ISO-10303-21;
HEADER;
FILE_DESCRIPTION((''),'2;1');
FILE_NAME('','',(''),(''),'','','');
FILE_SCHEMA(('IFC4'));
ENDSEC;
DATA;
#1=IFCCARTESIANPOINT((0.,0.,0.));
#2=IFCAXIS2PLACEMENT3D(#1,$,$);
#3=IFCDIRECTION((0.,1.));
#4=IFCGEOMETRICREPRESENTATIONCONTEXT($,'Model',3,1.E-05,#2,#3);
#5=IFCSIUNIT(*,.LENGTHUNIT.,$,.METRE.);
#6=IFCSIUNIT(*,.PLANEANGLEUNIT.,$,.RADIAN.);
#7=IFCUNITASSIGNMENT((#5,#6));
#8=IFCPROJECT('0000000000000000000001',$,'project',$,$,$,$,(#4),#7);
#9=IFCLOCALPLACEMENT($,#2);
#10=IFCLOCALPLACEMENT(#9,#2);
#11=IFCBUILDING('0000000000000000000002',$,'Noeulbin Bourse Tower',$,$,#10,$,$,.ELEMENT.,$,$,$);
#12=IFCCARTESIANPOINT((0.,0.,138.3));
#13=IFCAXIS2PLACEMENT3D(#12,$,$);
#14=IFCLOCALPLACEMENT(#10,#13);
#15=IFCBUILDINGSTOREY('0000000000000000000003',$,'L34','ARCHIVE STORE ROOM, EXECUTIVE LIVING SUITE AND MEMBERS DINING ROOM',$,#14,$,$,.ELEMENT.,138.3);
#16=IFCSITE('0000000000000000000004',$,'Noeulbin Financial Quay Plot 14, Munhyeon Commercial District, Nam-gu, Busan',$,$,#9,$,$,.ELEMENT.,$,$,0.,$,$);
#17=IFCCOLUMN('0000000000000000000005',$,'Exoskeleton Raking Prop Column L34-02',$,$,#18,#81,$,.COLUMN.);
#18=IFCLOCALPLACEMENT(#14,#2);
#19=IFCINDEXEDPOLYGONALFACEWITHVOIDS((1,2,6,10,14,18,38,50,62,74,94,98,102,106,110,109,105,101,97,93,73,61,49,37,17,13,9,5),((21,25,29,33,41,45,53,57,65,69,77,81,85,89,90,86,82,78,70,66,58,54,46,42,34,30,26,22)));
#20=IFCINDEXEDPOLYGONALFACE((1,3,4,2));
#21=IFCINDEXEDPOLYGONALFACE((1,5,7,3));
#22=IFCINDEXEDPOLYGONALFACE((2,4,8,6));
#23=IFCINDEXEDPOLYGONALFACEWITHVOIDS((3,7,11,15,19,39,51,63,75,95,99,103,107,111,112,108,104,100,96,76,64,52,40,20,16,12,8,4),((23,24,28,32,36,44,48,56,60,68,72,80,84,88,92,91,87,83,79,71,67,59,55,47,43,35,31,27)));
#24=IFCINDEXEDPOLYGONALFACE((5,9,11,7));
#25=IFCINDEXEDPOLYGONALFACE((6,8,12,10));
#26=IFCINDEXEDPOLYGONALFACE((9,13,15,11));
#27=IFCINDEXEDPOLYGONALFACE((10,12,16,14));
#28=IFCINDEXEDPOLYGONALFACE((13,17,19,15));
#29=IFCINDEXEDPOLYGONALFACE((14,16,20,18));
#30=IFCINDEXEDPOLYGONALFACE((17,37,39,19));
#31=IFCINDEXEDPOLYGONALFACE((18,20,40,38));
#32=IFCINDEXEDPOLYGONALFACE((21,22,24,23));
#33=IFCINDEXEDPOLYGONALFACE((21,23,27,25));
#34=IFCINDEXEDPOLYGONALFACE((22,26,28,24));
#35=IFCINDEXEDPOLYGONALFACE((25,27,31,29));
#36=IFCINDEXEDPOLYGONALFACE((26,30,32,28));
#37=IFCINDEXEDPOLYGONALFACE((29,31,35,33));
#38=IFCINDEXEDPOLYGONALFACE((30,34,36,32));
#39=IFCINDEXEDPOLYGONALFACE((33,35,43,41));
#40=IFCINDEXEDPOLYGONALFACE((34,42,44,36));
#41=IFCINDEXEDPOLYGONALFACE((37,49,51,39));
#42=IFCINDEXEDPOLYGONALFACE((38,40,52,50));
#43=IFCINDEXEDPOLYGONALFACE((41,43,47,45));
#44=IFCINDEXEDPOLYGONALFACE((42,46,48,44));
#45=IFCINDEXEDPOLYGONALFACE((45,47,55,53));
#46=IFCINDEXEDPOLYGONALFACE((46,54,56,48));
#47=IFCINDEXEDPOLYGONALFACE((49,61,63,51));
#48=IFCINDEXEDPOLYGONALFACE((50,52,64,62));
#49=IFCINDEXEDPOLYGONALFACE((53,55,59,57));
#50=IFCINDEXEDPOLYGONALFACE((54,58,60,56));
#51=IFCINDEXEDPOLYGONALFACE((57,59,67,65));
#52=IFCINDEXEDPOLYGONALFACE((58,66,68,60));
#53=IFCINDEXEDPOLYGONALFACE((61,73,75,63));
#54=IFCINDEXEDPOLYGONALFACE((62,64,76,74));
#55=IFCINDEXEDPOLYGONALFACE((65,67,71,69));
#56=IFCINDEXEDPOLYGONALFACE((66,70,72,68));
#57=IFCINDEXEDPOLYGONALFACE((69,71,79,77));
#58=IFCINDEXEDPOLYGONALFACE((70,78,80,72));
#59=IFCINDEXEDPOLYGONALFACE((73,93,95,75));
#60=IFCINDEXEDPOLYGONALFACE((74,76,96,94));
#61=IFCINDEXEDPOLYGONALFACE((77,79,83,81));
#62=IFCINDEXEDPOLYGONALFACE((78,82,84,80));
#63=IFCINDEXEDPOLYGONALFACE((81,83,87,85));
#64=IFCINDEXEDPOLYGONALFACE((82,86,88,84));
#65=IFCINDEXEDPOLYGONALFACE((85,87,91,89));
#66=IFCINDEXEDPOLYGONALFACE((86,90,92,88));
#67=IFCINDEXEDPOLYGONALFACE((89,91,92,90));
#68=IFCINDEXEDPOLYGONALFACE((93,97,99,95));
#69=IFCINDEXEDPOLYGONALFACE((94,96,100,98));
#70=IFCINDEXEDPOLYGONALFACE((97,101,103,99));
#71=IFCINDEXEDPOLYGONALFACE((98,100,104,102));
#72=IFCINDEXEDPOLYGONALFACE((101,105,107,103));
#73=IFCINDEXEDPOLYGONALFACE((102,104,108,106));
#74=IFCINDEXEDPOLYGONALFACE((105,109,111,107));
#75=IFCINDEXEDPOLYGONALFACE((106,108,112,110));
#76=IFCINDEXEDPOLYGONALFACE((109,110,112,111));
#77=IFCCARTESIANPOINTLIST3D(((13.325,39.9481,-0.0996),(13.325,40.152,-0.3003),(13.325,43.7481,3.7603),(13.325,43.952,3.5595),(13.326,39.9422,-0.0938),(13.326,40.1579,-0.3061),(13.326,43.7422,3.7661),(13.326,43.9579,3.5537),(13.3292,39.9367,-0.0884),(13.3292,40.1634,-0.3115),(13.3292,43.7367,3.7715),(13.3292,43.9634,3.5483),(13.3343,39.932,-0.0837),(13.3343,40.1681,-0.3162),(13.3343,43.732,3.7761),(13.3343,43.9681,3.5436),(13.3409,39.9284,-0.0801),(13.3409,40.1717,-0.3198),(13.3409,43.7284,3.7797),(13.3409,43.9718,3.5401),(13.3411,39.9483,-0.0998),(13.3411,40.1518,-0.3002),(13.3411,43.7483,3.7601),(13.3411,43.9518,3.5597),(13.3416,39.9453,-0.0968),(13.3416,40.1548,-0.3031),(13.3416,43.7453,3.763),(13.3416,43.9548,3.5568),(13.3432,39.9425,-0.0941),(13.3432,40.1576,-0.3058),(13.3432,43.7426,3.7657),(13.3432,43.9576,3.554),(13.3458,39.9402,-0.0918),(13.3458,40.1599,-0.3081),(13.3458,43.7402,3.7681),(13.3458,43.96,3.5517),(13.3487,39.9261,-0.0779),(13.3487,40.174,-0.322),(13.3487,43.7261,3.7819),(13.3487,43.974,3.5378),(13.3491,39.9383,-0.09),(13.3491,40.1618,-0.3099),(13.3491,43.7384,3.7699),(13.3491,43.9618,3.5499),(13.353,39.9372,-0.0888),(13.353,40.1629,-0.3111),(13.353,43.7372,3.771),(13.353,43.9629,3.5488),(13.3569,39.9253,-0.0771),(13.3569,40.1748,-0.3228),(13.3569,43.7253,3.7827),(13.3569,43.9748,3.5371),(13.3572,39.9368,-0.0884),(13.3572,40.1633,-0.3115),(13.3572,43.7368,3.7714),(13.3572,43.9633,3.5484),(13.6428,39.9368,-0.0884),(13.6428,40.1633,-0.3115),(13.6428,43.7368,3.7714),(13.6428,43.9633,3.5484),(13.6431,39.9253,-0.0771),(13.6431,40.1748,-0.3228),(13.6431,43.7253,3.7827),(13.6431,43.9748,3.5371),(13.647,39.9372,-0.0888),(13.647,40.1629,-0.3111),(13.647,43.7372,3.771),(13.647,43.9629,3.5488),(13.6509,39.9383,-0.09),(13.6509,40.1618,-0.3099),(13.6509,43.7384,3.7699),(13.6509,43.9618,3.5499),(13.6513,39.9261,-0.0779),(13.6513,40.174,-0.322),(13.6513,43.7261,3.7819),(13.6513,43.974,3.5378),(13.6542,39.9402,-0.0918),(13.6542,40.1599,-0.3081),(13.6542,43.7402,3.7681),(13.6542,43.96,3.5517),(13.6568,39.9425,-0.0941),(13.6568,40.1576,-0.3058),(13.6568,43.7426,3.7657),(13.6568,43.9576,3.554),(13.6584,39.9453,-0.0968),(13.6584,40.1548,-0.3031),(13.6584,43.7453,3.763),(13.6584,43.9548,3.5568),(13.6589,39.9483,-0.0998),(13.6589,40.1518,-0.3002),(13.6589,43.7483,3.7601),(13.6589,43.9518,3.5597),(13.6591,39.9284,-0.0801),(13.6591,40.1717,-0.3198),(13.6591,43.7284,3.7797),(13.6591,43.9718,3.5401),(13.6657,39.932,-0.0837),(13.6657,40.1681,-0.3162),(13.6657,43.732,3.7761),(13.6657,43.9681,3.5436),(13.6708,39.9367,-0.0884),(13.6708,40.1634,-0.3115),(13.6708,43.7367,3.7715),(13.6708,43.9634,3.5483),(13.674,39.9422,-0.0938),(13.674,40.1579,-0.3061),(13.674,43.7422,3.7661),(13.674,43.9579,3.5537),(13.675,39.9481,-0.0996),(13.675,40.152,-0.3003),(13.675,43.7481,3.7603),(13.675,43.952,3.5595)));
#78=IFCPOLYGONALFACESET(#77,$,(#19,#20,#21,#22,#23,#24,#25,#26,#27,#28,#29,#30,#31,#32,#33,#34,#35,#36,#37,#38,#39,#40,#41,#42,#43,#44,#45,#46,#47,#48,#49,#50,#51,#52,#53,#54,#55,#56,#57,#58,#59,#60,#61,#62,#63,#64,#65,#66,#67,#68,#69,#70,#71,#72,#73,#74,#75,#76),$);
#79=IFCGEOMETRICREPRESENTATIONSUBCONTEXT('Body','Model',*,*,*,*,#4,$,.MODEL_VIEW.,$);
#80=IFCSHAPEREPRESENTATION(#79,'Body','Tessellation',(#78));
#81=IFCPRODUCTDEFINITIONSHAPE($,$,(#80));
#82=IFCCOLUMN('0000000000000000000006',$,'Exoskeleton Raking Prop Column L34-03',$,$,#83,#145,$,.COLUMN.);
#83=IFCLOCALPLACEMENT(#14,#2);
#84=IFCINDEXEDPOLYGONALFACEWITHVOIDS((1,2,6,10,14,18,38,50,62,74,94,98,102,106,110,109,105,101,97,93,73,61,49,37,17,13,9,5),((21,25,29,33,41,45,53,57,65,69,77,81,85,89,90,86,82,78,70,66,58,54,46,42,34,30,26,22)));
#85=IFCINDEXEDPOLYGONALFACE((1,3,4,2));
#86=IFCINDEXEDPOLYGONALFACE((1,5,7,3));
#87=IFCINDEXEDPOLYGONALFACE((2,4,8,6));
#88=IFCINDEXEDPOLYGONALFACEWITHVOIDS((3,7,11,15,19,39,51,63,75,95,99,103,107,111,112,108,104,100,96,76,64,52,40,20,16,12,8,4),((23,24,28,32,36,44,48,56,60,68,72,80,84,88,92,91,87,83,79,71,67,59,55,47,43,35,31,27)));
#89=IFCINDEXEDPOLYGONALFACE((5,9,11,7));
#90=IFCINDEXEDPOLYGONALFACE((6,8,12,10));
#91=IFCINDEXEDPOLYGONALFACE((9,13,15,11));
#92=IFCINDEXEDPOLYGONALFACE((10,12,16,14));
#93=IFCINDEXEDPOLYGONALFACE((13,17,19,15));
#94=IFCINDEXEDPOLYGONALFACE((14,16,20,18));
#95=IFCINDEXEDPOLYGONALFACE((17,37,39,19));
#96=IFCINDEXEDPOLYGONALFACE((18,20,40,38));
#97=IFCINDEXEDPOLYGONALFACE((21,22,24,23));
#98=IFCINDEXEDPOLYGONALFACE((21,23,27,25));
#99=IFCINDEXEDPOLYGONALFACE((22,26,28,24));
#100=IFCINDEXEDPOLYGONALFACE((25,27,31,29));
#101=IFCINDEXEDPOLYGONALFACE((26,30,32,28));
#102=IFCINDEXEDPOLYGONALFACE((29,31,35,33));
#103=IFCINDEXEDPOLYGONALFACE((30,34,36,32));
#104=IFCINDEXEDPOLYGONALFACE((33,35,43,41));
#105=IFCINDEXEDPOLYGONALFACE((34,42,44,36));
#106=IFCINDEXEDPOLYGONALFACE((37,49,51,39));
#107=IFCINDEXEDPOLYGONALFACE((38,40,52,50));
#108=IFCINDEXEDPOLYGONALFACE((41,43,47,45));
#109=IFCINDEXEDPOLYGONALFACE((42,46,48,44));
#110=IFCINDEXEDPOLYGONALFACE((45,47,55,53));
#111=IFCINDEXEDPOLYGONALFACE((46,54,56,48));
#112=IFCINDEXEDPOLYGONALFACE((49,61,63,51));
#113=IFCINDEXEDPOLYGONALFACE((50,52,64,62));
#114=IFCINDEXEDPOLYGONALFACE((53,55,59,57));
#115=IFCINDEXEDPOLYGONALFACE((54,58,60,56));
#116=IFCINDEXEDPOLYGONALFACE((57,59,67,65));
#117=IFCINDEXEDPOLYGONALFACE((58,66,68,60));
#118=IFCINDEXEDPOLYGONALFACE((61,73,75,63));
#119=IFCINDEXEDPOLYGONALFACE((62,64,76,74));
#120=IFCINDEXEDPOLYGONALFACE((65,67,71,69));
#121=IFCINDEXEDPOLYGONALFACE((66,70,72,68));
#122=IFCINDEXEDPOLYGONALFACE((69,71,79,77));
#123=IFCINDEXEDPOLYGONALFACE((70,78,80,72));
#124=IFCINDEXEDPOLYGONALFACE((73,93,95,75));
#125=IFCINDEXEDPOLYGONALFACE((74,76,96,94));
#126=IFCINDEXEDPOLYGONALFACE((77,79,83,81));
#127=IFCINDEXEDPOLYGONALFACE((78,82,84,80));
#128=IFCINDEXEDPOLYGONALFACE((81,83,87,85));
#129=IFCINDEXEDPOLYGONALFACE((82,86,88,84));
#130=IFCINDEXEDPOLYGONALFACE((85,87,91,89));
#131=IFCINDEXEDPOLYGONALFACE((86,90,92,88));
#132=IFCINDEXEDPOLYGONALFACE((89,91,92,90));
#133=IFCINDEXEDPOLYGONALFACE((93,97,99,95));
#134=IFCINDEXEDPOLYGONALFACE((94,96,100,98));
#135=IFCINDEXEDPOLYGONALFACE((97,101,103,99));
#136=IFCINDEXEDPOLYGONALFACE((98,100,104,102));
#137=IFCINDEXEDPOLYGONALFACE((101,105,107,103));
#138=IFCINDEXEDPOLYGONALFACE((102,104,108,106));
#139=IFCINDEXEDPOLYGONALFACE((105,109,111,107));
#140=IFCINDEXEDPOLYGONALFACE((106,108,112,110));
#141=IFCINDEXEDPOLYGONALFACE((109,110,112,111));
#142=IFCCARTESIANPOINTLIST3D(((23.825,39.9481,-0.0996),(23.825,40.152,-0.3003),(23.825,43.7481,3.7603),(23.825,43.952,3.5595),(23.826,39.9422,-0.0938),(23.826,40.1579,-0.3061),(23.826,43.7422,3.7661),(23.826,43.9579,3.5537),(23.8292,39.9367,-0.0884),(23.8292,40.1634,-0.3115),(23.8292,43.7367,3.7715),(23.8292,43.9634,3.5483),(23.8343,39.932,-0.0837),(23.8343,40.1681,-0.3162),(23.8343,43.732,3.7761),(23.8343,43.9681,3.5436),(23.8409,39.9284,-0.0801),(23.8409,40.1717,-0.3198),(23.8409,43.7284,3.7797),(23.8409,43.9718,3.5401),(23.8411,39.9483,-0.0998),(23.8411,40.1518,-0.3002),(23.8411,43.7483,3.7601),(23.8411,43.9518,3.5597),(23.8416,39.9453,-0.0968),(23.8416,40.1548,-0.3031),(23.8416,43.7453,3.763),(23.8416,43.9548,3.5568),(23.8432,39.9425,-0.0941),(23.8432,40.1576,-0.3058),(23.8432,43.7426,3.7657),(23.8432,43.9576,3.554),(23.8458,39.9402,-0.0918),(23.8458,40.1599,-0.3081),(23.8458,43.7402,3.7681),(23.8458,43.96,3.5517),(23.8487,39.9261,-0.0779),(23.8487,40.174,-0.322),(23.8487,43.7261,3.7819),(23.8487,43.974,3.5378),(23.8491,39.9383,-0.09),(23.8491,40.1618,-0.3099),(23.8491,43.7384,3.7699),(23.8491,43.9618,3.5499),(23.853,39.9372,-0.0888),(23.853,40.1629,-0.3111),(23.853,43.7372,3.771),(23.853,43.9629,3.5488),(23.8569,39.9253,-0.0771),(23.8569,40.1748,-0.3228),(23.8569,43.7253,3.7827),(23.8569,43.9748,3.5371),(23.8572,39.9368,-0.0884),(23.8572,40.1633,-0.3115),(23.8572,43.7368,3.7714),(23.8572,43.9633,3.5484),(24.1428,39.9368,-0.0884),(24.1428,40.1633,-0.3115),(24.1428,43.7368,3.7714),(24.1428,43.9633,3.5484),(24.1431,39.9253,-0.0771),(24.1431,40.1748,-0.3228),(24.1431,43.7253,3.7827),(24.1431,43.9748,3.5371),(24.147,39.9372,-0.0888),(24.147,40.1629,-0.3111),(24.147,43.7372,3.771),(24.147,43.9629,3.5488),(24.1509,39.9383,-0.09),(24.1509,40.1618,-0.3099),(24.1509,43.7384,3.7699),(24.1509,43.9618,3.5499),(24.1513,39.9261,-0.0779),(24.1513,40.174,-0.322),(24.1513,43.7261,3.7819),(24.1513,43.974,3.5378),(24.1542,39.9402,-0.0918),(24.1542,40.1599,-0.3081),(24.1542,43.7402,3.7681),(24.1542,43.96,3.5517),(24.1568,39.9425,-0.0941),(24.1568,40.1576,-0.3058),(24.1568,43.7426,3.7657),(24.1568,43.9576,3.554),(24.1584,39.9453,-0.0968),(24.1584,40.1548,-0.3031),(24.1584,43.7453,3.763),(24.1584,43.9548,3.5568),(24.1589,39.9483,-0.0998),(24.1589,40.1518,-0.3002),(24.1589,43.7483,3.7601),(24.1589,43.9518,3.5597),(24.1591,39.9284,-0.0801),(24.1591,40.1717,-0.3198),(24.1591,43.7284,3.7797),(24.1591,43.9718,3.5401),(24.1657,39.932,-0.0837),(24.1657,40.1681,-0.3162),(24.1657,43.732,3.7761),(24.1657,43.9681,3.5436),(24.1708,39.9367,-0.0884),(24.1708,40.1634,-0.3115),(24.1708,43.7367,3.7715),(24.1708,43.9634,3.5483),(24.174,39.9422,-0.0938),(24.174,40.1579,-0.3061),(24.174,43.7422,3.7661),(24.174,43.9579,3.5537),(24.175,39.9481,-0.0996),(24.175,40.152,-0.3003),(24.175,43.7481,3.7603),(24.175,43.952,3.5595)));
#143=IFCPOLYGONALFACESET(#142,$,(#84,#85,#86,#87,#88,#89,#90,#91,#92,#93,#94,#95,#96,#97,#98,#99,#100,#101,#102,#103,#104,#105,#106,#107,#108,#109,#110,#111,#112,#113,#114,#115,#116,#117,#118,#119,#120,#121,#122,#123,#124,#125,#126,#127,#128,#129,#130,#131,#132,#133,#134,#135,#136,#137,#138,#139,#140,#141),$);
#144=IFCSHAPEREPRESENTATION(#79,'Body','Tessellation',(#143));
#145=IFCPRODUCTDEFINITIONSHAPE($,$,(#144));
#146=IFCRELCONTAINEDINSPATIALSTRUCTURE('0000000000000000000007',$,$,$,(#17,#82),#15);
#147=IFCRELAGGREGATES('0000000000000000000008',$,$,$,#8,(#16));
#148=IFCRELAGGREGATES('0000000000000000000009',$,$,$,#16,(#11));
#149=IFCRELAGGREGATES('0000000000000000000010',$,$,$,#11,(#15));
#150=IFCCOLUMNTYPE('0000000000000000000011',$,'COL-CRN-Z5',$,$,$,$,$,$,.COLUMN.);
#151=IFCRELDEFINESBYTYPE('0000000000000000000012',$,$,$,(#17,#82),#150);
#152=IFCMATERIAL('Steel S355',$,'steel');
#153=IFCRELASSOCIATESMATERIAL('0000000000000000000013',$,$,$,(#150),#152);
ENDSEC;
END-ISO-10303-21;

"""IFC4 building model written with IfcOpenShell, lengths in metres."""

from ifc_helpers import new_model, si_unit, direction, frame, origin, origin_2d, place, context, subcontext, project, spatial, hollow_rectangle, extrude, material, material_profile, profile_set, type_object, element, save


model = new_model("IFC4")

# Units and contexts
model_context = context("Model", 3, precision=1e-05, world=origin(), true_north=direction((0.0, 1.0)))
body_context = subcontext(model_context, "Body", "Model", "MODEL_VIEW")
ifc_project = project(units=[si_unit("LENGTHUNIT", "METRE"), si_unit("PLANEANGLEUNIT", "RADIAN")], contexts=[model_context])

# Site, building, storey
site_placement = place(None, origin())
site = spatial("IfcSite", under=ifc_project, at=site_placement, Name="Noeulbin Financial Quay Plot 14, Munhyeon Commercial District, Nam-gu, Busan", CompositionType="ELEMENT", RefElevation=0.0)
building_placement = place(site_placement, origin())
building = spatial("IfcBuilding", under=site, at=building_placement, Name="Noeulbin Bourse Tower", CompositionType="ELEMENT")
storey_placement = place(building_placement, frame((0.0, 0.0, 138.3)))
storey = spatial("IfcBuildingStorey", under=building, at=storey_placement, Name="L34", Description="ARCHIVE STORE ROOM, EXECUTIVE LIVING SUITE AND MEMBERS DINING ROOM", CompositionType="ELEMENT", Elevation=138.3)

# Columns
ifc_material_1 = material(Name="Steel S355", Category="steel")
ifc_material_profile_1 = material_profile(ifc_material_1, hollow_rectangle(XDim=0.3501, YDim=0.3501, WallThickness=0.0161, InnerFilletRadius=0.0161, OuterFilletRadius=0.032, at=origin_2d()), Name="SHS-350x350x16", Category="LoadBearing")
ifc_profile_set_1 = profile_set([ifc_material_profile_1], Name="Steel S355")
column_type_1 = type_object("IfcColumnType", Name="COL-CRN-Z5", PredefinedType="COLUMN", material=ifc_profile_set_1)
for number, where, z_axis, x_axis, name in (
    (1, (13.5, 40.05, -0.2), (0.0, 0.701564, 0.712607), (-1.0, 0.0, 0.0), "Exoskeleton Raking Prop Column L34-02"),
    (2, (24.0, 40.05, -0.2), (0.0, 0.701564, 0.712607), (-1.0, 0.0, 0.0), "Exoskeleton Raking Prop Column L34-03"),
):
    element("IfcColumn", number, at=place(storey_placement, frame(where, z_axis=z_axis, x_axis=x_axis)), inside=storey, type_object=column_type_1, Name=name, PredefinedType="COLUMN", context=body_context, shape_type="SweptSolid", body=[
        extrude(hollow_rectangle(XDim=0.3501, YDim=0.3501, WallThickness=0.0161, InnerFilletRadius=0.0161, OuterFilletRadius=0.032, at=origin_2d()), origin(), (0.0, 0.0, 1.0), 5.4165),
    ])

save(model, "model.ifc")
